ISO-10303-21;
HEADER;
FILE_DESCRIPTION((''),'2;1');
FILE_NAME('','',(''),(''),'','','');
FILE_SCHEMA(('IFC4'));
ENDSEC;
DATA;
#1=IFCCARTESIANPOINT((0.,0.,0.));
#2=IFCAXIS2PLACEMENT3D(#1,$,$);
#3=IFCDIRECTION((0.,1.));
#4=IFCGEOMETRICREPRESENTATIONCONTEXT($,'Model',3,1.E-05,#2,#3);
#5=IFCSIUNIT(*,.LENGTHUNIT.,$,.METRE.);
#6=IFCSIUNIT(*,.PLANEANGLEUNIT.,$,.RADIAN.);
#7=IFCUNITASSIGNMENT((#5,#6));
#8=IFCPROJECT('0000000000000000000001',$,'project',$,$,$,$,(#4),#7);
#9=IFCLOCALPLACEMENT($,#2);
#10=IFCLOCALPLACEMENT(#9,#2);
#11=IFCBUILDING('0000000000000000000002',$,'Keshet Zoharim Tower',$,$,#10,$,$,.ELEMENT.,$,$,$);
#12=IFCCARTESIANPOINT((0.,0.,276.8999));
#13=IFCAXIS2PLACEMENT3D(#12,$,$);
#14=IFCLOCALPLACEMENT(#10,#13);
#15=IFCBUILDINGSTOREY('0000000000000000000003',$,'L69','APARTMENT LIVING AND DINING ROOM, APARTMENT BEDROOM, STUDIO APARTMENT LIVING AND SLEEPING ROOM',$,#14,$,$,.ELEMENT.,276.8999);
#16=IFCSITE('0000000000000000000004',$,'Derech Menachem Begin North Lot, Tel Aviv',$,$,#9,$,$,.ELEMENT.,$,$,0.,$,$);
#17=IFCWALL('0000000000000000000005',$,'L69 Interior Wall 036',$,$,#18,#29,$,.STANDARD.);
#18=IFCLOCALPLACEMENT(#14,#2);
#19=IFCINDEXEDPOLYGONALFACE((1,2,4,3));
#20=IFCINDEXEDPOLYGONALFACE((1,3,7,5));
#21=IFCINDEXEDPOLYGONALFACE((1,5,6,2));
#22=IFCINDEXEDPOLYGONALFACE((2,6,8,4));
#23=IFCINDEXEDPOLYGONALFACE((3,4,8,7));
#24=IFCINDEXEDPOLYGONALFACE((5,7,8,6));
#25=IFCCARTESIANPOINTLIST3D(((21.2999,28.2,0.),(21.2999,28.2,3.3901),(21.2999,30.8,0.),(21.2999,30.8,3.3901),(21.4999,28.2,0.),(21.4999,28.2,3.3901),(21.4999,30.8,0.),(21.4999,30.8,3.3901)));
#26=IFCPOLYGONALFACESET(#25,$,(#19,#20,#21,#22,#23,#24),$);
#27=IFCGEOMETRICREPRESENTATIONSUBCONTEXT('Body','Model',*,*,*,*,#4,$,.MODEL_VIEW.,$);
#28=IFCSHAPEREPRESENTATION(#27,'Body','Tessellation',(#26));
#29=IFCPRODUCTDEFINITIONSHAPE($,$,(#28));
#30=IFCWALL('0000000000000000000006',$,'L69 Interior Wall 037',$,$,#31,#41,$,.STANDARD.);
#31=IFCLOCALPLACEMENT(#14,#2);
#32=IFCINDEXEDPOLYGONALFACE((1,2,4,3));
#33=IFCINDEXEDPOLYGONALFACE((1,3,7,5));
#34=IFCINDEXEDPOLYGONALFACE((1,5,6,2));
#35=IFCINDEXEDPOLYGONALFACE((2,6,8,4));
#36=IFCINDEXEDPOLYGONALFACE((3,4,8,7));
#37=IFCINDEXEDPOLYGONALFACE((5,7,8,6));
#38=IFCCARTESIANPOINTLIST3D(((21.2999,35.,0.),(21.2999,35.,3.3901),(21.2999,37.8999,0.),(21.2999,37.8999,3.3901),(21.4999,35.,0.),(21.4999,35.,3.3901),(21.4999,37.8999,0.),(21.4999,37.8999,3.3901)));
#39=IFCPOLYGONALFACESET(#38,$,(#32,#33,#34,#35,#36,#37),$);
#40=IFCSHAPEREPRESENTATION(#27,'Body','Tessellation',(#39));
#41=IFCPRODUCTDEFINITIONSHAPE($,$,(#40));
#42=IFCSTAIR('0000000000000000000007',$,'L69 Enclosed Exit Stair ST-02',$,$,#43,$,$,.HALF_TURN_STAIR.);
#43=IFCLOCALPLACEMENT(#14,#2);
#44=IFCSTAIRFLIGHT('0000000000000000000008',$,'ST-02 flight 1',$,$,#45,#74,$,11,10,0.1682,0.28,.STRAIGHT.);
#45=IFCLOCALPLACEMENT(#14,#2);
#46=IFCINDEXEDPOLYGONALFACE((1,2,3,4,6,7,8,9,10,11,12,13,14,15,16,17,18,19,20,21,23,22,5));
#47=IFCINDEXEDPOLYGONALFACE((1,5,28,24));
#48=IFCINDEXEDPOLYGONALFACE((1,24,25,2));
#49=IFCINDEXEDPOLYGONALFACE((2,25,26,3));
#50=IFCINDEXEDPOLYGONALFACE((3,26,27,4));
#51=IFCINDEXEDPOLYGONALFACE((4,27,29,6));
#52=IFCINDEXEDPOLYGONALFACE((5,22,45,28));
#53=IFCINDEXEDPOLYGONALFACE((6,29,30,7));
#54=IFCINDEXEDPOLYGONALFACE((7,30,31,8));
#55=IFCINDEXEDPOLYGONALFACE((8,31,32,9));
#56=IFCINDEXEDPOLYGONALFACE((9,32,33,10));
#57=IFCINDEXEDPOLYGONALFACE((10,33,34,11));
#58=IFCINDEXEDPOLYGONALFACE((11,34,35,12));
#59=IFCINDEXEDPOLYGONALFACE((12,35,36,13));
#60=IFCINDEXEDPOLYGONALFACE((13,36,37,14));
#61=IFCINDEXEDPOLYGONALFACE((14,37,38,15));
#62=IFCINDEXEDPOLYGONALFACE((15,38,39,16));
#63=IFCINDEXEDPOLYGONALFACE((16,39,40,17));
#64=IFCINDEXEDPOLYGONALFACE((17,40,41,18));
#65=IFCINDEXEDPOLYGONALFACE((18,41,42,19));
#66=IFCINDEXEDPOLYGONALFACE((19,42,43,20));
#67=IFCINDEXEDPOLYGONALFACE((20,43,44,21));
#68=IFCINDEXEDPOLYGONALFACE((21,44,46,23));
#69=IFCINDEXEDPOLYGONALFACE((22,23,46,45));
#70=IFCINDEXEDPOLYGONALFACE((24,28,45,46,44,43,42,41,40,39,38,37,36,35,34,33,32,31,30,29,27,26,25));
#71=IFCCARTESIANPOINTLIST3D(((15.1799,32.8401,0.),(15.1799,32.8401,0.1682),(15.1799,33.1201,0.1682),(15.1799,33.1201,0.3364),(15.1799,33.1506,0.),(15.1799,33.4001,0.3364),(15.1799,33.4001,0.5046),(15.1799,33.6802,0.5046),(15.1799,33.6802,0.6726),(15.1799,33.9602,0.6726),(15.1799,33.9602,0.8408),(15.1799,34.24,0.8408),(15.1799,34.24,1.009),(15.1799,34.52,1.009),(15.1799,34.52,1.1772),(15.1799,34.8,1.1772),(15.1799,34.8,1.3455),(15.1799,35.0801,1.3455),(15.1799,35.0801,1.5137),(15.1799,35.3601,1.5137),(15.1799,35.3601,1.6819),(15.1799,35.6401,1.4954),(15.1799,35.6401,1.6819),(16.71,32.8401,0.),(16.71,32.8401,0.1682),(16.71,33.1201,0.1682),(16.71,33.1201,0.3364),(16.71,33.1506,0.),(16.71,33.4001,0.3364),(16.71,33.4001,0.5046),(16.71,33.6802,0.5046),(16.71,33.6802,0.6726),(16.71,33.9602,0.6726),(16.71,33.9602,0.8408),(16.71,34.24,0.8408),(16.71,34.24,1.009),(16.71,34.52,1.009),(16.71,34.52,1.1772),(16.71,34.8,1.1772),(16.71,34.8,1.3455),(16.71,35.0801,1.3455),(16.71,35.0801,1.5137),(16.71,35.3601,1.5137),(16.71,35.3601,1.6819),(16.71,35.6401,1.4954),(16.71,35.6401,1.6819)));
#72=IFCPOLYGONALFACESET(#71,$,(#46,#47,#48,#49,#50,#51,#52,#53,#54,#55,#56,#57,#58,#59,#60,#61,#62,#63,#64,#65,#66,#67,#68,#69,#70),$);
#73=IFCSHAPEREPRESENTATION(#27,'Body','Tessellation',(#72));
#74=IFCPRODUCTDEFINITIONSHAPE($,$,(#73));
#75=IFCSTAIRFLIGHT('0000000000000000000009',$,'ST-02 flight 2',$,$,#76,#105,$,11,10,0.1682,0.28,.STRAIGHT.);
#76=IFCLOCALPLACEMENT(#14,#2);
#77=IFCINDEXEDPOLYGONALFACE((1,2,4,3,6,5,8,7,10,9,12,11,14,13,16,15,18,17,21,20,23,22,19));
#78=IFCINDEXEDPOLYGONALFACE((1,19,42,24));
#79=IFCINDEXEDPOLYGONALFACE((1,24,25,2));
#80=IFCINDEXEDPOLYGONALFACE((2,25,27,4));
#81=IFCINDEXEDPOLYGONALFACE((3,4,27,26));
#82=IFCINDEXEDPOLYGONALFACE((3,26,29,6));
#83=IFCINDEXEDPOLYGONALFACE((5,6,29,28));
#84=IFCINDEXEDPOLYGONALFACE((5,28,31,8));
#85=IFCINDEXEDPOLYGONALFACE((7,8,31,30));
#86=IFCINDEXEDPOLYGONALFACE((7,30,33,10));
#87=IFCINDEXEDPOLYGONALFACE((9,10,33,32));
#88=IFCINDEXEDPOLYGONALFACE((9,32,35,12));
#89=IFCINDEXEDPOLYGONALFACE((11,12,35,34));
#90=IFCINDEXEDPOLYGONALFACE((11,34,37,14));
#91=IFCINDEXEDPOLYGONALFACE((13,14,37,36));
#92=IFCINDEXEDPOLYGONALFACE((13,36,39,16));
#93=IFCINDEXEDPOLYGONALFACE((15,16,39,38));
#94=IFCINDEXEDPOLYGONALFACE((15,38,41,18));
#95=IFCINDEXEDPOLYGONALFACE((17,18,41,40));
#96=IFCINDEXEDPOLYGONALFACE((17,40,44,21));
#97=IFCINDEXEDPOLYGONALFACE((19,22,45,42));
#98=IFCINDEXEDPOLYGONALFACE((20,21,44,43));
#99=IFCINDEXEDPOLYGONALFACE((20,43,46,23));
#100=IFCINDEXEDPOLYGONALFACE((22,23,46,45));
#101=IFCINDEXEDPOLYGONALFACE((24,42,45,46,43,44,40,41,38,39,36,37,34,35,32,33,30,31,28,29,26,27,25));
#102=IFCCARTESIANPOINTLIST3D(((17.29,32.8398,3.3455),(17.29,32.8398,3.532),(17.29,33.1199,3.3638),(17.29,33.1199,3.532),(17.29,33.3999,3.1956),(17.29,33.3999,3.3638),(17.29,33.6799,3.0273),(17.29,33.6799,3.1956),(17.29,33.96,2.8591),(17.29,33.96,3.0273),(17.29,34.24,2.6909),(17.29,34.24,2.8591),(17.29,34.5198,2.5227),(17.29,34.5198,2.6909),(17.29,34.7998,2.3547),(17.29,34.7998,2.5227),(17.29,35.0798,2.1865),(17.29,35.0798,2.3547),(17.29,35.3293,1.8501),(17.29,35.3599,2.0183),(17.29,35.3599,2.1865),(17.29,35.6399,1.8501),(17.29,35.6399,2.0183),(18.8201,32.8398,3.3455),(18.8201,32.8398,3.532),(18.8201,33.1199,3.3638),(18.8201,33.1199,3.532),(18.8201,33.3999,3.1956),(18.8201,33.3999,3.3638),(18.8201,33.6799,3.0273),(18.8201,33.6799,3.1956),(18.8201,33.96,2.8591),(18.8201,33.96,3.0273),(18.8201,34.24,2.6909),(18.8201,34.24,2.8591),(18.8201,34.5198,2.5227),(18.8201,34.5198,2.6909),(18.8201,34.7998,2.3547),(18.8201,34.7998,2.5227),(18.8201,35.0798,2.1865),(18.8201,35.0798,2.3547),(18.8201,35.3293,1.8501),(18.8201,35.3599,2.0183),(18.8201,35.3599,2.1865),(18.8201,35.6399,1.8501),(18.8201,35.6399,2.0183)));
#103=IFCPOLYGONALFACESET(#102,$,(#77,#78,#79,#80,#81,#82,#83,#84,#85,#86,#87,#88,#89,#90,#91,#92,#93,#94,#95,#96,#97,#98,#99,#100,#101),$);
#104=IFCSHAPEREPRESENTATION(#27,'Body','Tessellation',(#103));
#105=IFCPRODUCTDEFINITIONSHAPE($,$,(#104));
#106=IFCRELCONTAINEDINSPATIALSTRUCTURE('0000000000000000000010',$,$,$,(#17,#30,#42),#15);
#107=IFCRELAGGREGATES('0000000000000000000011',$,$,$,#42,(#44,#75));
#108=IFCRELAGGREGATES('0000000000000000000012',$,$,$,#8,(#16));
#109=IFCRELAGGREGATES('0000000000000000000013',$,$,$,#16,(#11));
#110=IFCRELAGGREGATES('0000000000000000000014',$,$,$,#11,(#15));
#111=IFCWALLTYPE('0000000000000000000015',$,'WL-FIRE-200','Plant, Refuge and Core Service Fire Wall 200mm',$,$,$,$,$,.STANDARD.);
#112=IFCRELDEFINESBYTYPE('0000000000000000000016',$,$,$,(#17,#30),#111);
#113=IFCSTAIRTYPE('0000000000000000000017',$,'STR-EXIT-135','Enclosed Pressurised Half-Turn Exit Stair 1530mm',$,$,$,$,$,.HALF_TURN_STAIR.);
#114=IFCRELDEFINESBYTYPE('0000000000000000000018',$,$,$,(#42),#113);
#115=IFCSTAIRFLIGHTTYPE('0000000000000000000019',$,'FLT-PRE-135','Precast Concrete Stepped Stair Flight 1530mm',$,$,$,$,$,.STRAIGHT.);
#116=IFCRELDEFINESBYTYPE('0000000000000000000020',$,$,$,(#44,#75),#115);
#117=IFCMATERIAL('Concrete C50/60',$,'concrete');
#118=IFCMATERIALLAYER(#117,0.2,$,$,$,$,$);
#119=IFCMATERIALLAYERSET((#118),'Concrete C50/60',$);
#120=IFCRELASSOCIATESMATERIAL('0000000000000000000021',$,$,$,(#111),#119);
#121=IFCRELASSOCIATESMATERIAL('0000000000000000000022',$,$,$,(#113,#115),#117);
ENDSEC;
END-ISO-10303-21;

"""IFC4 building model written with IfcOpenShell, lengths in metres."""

from ifc_helpers import new_model, si_unit, direction, frame, frame_2d, origin, place, context, subcontext, project, spatial, polyline, rectangle, outline, extrude, material, layer, layer_set, type_object, element, aggregate, save


model = new_model("IFC4")

# Units and contexts
model_context = context("Model", 3, precision=1e-05, world=origin(), true_north=direction((0.0, 1.0)))
body_context = subcontext(model_context, "Body", "Model", "MODEL_VIEW")
ifc_project = project(units=[si_unit("LENGTHUNIT", "METRE"), si_unit("PLANEANGLEUNIT", "RADIAN")], contexts=[model_context])

# Site, building, storey
site_placement = place(None, origin())
site = spatial("IfcSite", under=ifc_project, at=site_placement, Name="Derech Menachem Begin North Lot, Tel Aviv", CompositionType="ELEMENT", RefElevation=0.0)
building_placement = place(site_placement, origin())
building = spatial("IfcBuilding", under=site, at=building_placement, Name="Keshet Zoharim Tower", CompositionType="ELEMENT")
storey_placement = place(building_placement, frame((0.0, 0.0, 276.8999)))
storey = spatial("IfcBuildingStorey", under=building, at=storey_placement, Name="L69", Description="APARTMENT LIVING AND DINING ROOM, APARTMENT BEDROOM, STUDIO APARTMENT LIVING AND SLEEPING ROOM", CompositionType="ELEMENT", Elevation=276.8999)

# Walls
ifc_material_1 = material(Name="Concrete C50/60", Category="concrete")
ifc_layer_1 = layer(ifc_material_1, 0.2)
ifc_layer_set_1 = layer_set([ifc_layer_1], Name="Concrete C50/60")
wall_type_1 = type_object("IfcWallType", Name="WL-FIRE-200", Description="Plant, Refuge and Core Service Fire Wall 200mm", PredefinedType="STANDARD", material=ifc_layer_set_1)
wall_1_placement = place(storey_placement, frame((21.3999, 28.2, 0.0), z_axis=(0.0, 0.0, 1.0), x_axis=(0.0, 1.0, 0.0)))
element("IfcWall", 1, at=wall_1_placement, inside=storey, type_object=wall_type_1, Name="L69 Interior Wall 036", PredefinedType="STANDARD", context=body_context, shape_type="SweptSolid", body=[
    extrude(rectangle(XDim=2.6001, YDim=0.2, at=frame_2d((1.3, 0.0))), origin(), (0.0, 0.0, 1.0), 3.3901),
])
wall_2_placement = place(storey_placement, frame((21.3999, 35.0, 0.0), z_axis=(0.0, 0.0, 1.0), x_axis=(0.0, 1.0, 0.0)))
element("IfcWall", 2, at=wall_2_placement, inside=storey, type_object=wall_type_1, Name="L69 Interior Wall 037", PredefinedType="STANDARD", context=body_context, shape_type="SweptSolid", body=[
    extrude(rectangle(XDim=2.8999, YDim=0.2, at=frame_2d((1.45, 0.0))), origin(), (0.0, 0.0, 1.0), 3.3901),
])

# Stair, stair flights
stair_type = type_object("IfcStairType", Name="STR-EXIT-135", Description="Enclosed Pressurised Half-Turn Exit Stair 1530mm", PredefinedType="HALF_TURN_STAIR", material=ifc_material_1)
stair_placement = place(storey_placement, origin())
stair = element("IfcStair", 3, at=stair_placement, inside=storey, type_object=stair_type, Name="L69 Enclosed Exit Stair ST-02", PredefinedType="HALF_TURN_STAIR")
stair_flight_type = type_object("IfcStairFlightType", Name="FLT-PRE-135", Description="Precast Concrete Stepped Stair Flight 1530mm", PredefinedType="STRAIGHT", material=ifc_material_1)
stair_flight_1_placement = place(storey_placement, frame((15.9451, 32.8401, 0.0), z_axis=(0.0, 0.0, 1.0), x_axis=(0.0, 1.0, 0.0)))
stair_flight_1 = element("IfcStairFlight", 4, at=stair_flight_1_placement, type_object=stair_flight_type, Name="ST-02 flight 1", NumberOfRisers=11, NumberOfTreads=10, PredefinedType="STRAIGHT", RiserHeight=0.1682, TreadLength=0.28, context=body_context, shape_type="SweptSolid", body=[
    extrude(outline(polyline([(0.0, 0.0), (0.0, 0.1682), (0.28, 0.1682), (0.28, 0.3364), (0.5601, 0.3364), (0.5601, 0.5046), (0.8401, 0.5046), (0.8401, 0.6726), (1.1201, 0.6726), (1.1201, 0.8408), (1.3999, 0.8408), (1.3999, 1.009), (1.6799, 1.009), (1.6799, 1.1772), (1.96, 1.1772), (1.96, 1.3455), (2.24, 1.3455), (2.24, 1.5137), (2.52, 1.5137), (2.52, 1.6819), (2.8, 1.6819), (2.8, 1.8501), (2.8, 1.4954), (0.3105, 0.0), (0.0, 0.0)])), frame((0.0, 0.7651, 0.0), z_axis=(0.0, -1.0, 0.0), x_axis=(1.0, 0.0, 0.0)), (0.0, 0.0, 1.0), 1.53),
])
stair_flight_2_placement = place(storey_placement, frame((18.0549, 35.6399, 1.8501), z_axis=(0.0, 0.0, 1.0), x_axis=(0.0, -1.0, 0.0)))
stair_flight_2 = element("IfcStairFlight", 5, at=stair_flight_2_placement, type_object=stair_flight_type, Name="ST-02 flight 2", NumberOfRisers=11, NumberOfTreads=10, PredefinedType="STRAIGHT", RiserHeight=0.1682, TreadLength=0.28, context=body_context, shape_type="SweptSolid", body=[
    extrude(outline(polyline([(0.0, 0.0), (0.0, 0.1682), (0.28, 0.1682), (0.28, 0.3364), (0.5601, 0.3364), (0.5601, 0.5046), (0.8401, 0.5046), (0.8401, 0.6726), (1.1201, 0.6726), (1.1201, 0.8408), (1.3999, 0.8408), (1.3999, 1.009), (1.6799, 1.009), (1.6799, 1.1772), (1.96, 1.1772), (1.96, 1.3455), (2.24, 1.3455), (2.24, 1.5137), (2.52, 1.5137), (2.52, 1.6819), (2.8, 1.6819), (2.8, 1.8501), (2.8, 1.4954), (0.3105, 0.0), (0.0, 0.0)])), frame((0.0, 0.7651, 0.0), z_axis=(0.0, -1.0, 0.0), x_axis=(1.0, 0.0, 0.0)), (0.0, 0.0, 1.0), 1.53),
])
aggregate(stair, [stair_flight_1, stair_flight_2])

save(model, "model.ifc")
